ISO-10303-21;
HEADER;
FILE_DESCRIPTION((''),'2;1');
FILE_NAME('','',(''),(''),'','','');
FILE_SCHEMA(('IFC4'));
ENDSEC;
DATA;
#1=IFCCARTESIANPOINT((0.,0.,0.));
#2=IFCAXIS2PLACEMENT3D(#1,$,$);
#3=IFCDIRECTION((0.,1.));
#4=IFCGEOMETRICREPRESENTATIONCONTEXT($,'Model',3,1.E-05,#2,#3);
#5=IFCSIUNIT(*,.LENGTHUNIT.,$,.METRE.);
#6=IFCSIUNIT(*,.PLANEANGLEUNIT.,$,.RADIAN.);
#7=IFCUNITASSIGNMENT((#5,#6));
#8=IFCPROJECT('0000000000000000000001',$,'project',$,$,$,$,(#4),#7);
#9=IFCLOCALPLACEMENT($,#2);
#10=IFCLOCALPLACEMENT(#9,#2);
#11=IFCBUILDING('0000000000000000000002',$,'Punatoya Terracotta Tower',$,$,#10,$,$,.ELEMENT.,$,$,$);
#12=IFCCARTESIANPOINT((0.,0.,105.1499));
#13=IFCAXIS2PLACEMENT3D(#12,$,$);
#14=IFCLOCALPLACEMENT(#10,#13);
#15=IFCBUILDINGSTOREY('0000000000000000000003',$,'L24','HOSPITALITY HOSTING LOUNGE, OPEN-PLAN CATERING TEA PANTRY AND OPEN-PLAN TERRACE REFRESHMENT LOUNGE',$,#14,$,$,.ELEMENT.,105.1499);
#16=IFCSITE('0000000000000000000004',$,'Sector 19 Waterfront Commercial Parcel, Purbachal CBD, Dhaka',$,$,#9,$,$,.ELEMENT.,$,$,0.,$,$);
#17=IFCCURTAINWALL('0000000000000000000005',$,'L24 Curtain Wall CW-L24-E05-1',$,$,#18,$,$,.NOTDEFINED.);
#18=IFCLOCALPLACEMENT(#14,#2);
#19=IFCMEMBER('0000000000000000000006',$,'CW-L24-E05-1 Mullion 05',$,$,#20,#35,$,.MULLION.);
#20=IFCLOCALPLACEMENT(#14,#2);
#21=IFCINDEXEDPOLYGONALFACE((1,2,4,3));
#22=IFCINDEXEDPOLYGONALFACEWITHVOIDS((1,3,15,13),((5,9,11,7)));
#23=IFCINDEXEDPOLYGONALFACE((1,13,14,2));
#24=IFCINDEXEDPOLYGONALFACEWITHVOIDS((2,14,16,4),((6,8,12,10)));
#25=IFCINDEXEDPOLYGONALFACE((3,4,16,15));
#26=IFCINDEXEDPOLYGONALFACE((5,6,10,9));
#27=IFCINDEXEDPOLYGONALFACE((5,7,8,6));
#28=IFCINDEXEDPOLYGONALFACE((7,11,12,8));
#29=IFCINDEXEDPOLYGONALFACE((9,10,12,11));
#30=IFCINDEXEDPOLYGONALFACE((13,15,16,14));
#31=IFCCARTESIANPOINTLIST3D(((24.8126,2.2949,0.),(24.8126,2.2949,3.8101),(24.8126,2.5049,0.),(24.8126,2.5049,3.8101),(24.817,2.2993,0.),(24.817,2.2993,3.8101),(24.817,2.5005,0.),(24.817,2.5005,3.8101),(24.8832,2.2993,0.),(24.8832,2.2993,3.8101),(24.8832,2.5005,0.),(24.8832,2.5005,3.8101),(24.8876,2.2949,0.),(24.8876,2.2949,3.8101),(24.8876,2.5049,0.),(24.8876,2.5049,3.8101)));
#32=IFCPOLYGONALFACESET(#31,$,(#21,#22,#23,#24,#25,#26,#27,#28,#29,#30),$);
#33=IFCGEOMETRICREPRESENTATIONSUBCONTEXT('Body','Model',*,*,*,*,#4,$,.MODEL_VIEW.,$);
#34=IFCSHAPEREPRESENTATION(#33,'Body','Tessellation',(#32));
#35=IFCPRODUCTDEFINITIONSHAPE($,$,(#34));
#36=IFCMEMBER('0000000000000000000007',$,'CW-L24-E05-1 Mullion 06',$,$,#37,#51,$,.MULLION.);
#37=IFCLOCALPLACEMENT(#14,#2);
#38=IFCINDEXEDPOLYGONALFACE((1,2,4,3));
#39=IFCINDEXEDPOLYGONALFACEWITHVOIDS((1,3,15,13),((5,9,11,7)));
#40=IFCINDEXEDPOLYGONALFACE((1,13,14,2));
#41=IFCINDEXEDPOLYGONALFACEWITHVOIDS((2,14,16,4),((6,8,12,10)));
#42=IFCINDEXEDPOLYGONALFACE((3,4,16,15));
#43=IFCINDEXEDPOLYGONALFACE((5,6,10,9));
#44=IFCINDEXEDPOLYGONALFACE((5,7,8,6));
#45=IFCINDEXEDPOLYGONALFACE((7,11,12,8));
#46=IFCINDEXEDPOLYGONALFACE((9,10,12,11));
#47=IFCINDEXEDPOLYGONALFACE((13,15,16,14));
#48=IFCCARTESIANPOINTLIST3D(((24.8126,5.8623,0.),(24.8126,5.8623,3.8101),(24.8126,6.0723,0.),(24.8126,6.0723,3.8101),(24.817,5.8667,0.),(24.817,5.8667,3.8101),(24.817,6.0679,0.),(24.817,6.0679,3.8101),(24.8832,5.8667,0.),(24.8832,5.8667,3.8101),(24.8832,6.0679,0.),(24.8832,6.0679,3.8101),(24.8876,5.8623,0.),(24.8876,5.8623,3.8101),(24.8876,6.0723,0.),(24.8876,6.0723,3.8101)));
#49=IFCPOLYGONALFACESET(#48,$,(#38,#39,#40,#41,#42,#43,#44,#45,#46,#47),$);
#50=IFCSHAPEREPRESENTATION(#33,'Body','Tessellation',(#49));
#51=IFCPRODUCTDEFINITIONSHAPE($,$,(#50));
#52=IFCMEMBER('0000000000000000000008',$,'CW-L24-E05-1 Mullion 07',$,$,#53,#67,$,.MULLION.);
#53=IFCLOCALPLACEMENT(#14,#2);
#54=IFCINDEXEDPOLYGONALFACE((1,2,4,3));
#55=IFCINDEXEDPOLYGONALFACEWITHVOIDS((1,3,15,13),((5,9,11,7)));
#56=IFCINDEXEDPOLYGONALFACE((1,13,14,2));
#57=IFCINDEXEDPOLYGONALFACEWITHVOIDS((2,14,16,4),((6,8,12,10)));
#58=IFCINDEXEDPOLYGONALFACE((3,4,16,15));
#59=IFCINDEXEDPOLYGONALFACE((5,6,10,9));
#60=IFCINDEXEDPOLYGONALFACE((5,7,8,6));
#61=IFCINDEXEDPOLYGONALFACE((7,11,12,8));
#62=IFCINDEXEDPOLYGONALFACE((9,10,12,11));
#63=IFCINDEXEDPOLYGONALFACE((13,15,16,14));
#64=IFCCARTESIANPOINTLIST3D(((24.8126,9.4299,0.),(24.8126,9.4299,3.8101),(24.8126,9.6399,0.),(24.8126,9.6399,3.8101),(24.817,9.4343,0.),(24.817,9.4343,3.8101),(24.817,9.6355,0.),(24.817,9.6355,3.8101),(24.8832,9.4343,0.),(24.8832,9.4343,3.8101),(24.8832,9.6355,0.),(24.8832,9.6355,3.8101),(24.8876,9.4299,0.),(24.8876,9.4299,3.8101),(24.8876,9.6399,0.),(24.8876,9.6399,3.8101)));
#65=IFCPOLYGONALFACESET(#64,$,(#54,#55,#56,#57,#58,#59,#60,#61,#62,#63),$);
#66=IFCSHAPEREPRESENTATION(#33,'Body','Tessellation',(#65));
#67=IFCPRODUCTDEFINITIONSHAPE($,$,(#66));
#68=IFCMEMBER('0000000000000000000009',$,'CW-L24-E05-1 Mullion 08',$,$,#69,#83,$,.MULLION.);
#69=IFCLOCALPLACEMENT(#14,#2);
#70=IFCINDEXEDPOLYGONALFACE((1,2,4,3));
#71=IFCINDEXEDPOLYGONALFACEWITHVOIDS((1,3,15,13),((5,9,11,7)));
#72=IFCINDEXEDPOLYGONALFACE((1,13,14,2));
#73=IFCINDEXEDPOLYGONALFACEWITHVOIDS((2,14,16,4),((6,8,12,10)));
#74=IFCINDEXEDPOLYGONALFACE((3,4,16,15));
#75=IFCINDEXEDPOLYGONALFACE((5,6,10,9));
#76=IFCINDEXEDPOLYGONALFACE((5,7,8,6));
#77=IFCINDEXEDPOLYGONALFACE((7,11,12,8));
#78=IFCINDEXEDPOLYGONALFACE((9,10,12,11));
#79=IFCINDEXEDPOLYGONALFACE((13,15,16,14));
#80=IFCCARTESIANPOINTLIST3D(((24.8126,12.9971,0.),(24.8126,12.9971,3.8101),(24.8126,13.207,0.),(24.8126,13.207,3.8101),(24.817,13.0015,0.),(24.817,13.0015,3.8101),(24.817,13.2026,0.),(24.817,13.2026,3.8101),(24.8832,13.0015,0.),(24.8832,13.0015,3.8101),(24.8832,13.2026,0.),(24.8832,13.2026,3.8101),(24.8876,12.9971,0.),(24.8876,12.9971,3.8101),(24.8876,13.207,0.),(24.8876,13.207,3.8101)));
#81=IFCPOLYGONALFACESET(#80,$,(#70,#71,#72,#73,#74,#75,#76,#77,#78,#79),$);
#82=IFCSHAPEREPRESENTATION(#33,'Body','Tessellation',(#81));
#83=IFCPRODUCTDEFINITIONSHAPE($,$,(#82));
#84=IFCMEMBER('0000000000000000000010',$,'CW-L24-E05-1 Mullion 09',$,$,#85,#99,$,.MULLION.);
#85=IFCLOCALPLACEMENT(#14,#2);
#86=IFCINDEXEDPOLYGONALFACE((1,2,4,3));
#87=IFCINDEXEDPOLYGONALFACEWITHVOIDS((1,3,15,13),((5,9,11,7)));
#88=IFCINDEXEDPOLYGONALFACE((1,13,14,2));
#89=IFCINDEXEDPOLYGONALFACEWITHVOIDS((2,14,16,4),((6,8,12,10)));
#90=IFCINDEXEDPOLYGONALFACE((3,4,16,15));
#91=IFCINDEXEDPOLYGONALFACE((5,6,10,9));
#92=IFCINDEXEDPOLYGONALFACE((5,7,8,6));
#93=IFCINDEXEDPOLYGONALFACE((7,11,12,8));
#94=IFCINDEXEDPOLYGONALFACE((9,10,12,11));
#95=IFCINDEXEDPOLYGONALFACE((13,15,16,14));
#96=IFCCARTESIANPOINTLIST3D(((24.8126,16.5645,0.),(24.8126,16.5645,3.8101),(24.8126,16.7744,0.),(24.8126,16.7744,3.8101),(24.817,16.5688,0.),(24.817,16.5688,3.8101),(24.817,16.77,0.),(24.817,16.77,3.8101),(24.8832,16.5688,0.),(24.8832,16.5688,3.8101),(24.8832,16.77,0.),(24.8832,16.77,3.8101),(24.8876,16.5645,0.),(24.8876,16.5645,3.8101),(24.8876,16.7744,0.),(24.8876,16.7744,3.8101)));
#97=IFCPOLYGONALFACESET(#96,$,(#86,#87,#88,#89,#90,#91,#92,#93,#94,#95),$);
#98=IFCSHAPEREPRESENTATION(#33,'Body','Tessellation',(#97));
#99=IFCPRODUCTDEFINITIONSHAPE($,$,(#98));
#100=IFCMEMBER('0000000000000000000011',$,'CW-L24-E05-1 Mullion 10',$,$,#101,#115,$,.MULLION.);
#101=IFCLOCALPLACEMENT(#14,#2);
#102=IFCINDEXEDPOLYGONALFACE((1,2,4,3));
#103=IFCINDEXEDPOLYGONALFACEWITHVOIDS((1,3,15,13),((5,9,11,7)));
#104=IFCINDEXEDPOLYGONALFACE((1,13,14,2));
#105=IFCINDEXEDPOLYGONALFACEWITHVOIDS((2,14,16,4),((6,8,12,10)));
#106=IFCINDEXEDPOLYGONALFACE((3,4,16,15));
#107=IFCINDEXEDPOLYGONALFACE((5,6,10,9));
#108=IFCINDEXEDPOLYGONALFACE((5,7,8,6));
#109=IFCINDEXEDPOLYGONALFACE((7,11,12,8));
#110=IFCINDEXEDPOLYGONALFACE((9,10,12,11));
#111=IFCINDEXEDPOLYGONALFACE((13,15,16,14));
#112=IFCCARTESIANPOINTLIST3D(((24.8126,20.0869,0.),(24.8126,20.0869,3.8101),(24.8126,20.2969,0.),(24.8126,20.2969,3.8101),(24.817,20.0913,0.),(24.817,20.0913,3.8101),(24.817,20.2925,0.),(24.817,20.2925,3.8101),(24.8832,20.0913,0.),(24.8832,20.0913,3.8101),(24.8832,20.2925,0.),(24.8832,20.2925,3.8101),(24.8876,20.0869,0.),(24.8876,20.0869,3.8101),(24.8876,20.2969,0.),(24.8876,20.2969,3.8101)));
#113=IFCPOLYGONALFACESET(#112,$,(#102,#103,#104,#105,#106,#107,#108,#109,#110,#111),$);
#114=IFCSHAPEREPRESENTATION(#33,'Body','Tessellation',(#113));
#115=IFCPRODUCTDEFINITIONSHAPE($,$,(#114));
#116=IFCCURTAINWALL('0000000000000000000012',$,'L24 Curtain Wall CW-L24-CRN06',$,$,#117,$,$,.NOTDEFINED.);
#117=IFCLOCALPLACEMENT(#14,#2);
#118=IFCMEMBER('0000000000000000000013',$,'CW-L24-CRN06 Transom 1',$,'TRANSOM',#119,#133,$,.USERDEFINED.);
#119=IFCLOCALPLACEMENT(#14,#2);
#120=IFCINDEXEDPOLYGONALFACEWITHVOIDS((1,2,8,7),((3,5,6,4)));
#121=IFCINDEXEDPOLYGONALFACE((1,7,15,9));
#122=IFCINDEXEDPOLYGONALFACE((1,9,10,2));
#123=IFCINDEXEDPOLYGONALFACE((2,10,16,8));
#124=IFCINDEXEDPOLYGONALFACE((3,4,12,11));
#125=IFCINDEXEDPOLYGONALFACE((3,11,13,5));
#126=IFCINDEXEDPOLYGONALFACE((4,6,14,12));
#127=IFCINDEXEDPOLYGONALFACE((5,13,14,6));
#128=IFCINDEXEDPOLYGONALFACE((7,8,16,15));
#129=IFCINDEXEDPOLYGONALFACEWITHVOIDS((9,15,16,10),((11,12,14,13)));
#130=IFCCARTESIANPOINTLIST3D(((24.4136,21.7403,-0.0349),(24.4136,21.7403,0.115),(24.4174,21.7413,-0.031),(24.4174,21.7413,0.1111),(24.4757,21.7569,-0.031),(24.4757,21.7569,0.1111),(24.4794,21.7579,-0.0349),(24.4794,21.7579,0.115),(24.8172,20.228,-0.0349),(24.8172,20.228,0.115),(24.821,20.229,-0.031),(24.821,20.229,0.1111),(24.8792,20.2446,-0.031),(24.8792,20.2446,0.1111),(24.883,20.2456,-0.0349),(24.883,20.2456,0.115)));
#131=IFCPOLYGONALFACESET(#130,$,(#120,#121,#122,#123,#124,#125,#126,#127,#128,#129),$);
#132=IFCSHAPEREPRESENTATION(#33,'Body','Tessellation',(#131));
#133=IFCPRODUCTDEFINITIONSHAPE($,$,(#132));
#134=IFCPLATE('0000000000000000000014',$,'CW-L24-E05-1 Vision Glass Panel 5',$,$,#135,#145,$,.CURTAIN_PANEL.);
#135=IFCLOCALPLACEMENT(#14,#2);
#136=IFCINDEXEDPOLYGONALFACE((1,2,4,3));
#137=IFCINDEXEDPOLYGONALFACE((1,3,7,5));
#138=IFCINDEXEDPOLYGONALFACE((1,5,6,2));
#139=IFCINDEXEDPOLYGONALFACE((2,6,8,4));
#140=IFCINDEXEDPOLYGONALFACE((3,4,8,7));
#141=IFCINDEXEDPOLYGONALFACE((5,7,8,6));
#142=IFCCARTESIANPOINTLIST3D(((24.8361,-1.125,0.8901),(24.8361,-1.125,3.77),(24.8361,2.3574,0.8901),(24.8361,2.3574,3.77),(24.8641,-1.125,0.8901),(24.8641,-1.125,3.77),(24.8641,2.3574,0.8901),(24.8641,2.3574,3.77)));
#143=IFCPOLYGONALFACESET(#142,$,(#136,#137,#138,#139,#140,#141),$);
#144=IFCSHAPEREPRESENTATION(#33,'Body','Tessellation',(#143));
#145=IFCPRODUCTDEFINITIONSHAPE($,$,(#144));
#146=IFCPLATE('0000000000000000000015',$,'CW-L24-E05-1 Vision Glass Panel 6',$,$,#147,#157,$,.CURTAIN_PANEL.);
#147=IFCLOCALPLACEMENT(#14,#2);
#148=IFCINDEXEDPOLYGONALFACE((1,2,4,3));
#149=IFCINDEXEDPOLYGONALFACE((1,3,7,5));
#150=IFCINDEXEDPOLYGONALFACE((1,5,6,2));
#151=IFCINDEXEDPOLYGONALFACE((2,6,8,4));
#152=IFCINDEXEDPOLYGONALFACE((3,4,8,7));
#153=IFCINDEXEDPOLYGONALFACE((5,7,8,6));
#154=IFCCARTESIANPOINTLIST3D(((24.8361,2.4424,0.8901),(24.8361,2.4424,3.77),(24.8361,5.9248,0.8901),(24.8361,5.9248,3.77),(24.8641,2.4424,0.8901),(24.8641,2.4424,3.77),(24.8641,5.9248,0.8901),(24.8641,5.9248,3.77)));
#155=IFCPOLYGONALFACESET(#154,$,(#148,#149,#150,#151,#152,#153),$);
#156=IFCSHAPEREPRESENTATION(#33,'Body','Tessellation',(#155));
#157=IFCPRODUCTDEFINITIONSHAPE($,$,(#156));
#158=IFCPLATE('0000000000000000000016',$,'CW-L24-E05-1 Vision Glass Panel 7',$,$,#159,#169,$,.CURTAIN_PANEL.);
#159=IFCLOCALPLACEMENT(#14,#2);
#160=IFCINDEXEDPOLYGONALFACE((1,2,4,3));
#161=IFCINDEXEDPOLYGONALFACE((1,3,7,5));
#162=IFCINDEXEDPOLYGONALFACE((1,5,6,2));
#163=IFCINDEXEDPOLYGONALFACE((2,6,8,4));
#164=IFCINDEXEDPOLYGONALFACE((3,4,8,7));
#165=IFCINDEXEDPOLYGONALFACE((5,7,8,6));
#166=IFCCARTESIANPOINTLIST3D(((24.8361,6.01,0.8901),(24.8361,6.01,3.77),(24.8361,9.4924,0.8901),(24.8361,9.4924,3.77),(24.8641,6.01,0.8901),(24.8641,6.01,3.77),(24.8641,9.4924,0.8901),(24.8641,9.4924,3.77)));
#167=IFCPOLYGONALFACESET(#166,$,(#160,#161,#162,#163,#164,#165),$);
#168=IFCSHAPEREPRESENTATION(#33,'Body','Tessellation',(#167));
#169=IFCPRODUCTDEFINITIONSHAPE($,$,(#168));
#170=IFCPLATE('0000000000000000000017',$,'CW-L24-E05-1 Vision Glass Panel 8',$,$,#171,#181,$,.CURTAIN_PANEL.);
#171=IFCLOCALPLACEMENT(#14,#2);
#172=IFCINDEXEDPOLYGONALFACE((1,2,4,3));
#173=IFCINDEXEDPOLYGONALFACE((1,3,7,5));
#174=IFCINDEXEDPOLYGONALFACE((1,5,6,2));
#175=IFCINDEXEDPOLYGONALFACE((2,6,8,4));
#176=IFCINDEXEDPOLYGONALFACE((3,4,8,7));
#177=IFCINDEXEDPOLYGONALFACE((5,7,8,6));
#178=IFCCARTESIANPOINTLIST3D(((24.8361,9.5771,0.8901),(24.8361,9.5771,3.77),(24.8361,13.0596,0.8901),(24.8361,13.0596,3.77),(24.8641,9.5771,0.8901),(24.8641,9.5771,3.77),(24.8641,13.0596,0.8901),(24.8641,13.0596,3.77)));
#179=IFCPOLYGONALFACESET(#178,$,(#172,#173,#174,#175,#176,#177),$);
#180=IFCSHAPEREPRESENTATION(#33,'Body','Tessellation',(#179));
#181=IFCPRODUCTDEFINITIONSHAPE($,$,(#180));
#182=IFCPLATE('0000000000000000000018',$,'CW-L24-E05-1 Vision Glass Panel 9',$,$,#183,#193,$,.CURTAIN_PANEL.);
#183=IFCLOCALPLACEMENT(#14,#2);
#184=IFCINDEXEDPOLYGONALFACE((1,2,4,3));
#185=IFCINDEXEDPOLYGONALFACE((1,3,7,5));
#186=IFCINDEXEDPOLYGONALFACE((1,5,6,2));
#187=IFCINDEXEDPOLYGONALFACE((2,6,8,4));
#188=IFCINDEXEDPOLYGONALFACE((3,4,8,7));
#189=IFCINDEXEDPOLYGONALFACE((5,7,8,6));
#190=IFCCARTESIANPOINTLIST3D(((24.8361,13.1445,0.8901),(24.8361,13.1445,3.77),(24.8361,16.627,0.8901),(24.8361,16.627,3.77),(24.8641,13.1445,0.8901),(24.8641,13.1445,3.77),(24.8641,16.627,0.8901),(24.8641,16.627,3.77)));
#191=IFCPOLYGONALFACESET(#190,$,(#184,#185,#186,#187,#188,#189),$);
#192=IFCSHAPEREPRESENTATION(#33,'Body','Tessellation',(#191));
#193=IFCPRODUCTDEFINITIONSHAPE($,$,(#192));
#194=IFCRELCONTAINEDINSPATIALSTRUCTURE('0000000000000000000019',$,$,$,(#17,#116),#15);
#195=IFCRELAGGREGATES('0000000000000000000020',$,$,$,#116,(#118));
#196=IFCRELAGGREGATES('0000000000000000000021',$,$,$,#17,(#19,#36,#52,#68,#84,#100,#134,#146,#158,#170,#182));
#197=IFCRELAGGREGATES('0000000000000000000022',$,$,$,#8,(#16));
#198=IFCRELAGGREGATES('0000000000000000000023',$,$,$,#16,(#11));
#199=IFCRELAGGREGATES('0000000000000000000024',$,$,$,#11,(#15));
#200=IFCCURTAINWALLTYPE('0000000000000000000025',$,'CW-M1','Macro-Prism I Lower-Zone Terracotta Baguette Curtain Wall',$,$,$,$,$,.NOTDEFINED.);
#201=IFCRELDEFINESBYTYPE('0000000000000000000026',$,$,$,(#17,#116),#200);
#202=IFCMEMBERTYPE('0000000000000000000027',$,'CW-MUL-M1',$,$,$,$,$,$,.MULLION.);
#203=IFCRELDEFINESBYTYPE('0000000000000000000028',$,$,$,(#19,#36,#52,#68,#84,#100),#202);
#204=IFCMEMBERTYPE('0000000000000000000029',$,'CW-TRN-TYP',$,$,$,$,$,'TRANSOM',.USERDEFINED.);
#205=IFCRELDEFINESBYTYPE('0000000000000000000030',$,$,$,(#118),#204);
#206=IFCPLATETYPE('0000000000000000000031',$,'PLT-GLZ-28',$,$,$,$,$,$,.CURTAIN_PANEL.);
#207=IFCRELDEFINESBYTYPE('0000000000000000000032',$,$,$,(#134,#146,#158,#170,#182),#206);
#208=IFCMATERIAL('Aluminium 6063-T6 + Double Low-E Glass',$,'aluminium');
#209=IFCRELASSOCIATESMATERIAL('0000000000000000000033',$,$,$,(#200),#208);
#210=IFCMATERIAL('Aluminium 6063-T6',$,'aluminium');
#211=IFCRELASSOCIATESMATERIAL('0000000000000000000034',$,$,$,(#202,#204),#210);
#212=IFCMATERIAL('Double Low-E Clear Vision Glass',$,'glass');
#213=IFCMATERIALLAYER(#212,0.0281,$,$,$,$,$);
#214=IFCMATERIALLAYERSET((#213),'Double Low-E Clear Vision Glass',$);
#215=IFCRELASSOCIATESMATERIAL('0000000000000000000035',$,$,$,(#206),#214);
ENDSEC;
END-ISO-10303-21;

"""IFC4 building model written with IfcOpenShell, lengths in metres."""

from ifc_helpers import new_model, si_unit, direction, frame, origin, origin_2d, place, context, subcontext, project, spatial, rectangle, hollow_rectangle, extrude, material, layer, layer_set, material_profile, profile_set, type_object, element, aggregate, save


model = new_model("IFC4")

# Units and contexts
model_context = context("Model", 3, precision=1e-05, world=origin(), true_north=direction((0.0, 1.0)))
body_context = subcontext(model_context, "Body", "Model", "MODEL_VIEW")
ifc_project = project(units=[si_unit("LENGTHUNIT", "METRE"), si_unit("PLANEANGLEUNIT", "RADIAN")], contexts=[model_context])

# Site, building, storey
site_placement = place(None, origin())
site = spatial("IfcSite", under=ifc_project, at=site_placement, Name="Sector 19 Waterfront Commercial Parcel, Purbachal CBD, Dhaka", CompositionType="ELEMENT", RefElevation=0.0)
building_placement = place(site_placement, origin())
building = spatial("IfcBuilding", under=site, at=building_placement, Name="Punatoya Terracotta Tower", CompositionType="ELEMENT")
storey_placement = place(building_placement, frame((0.0, 0.0, 105.1499)))
storey = spatial("IfcBuildingStorey", under=building, at=storey_placement, Name="L24", Description="HOSPITALITY HOSTING LOUNGE, OPEN-PLAN CATERING TEA PANTRY AND OPEN-PLAN TERRACE REFRESHMENT LOUNGE", CompositionType="ELEMENT", Elevation=105.1499)

# Curtain wall, members
ifc_material_1 = material(Name="Aluminium 6063-T6 + Double Low-E Glass", Category="aluminium")
curtain_wall_type = type_object("IfcCurtainWallType", Name="CW-M1", Description="Macro-Prism I Lower-Zone Terracotta Baguette Curtain Wall", PredefinedType="NOTDEFINED", material=ifc_material_1)
curtain_wall_1_placement = place(storey_placement, origin())
curtain_wall_1 = element("IfcCurtainWall", 1, at=curtain_wall_1_placement, inside=storey, type_object=curtain_wall_type, Name="L24 Curtain Wall CW-L24-E05-1", PredefinedType="NOTDEFINED")
ifc_material_2 = material(Name="Aluminium 6063-T6", Category="aluminium")
ifc_material_profile_1 = material_profile(ifc_material_2, hollow_rectangle(XDim=0.075, YDim=0.21, WallThickness=0.0044, at=origin_2d()))
ifc_profile_set_1 = profile_set([ifc_material_profile_1], Name="Aluminium 6063-T6")
member_type_1 = type_object("IfcMemberType", Name="CW-MUL-M1", PredefinedType="MULLION", material=ifc_profile_set_1)
member_1_placement = place(storey_placement, frame((24.8501, 2.3999, 0.0), z_axis=(0.0, 0.0, 1.0), x_axis=(1.0, 0.0, 0.0)))
member_1 = element("IfcMember", 2, at=member_1_placement, type_object=member_type_1, Name="CW-L24-E05-1 Mullion 05", PredefinedType="MULLION", context=body_context, shape_type="SweptSolid", body=[
    extrude(hollow_rectangle(XDim=0.075, YDim=0.21, WallThickness=0.0044, at=origin_2d()), origin(), (0.0, 0.0, 1.0), 3.8101),
])
member_2_placement = place(storey_placement, frame((24.8501, 5.9673, 0.0), z_axis=(0.0, 0.0, 1.0), x_axis=(1.0, 0.0, 0.0)))
member_2 = element("IfcMember", 3, at=member_2_placement, type_object=member_type_1, Name="CW-L24-E05-1 Mullion 06", PredefinedType="MULLION", context=body_context, shape_type="SweptSolid", body=[
    extrude(hollow_rectangle(XDim=0.075, YDim=0.21, WallThickness=0.0044, at=origin_2d()), origin(), (0.0, 0.0, 1.0), 3.8101),
])
member_3_placement = place(storey_placement, frame((24.8501, 9.5349, 0.0), z_axis=(0.0, 0.0, 1.0), x_axis=(1.0, 0.0, 0.0)))
member_3 = element("IfcMember", 4, at=member_3_placement, type_object=member_type_1, Name="CW-L24-E05-1 Mullion 07", PredefinedType="MULLION", context=body_context, shape_type="SweptSolid", body=[
    extrude(hollow_rectangle(XDim=0.075, YDim=0.21, WallThickness=0.0044, at=origin_2d()), origin(), (0.0, 0.0, 1.0), 3.8101),
])
member_4_placement = place(storey_placement, frame((24.8501, 13.1021, 0.0), z_axis=(0.0, 0.0, 1.0), x_axis=(1.0, 0.0, 0.0)))
member_4 = element("IfcMember", 5, at=member_4_placement, type_object=member_type_1, Name="CW-L24-E05-1 Mullion 08", PredefinedType="MULLION", context=body_context, shape_type="SweptSolid", body=[
    extrude(hollow_rectangle(XDim=0.075, YDim=0.21, WallThickness=0.0044, at=origin_2d()), origin(), (0.0, 0.0, 1.0), 3.8101),
])
member_5_placement = place(storey_placement, frame((24.8501, 16.6694, 0.0), z_axis=(0.0, 0.0, 1.0), x_axis=(1.0, 0.0, 0.0)))
member_5 = element("IfcMember", 6, at=member_5_placement, type_object=member_type_1, Name="CW-L24-E05-1 Mullion 09", PredefinedType="MULLION", context=body_context, shape_type="SweptSolid", body=[
    extrude(hollow_rectangle(XDim=0.075, YDim=0.21, WallThickness=0.0044, at=origin_2d()), origin(), (0.0, 0.0, 1.0), 3.8101),
])
member_6_placement = place(storey_placement, frame((24.8501, 20.1919, 0.0), z_axis=(0.0, 0.0, 1.0), x_axis=(1.0, 0.0, 0.0)))
member_6 = element("IfcMember", 7, at=member_6_placement, type_object=member_type_1, Name="CW-L24-E05-1 Mullion 10", PredefinedType="MULLION", context=body_context, shape_type="SweptSolid", body=[
    extrude(hollow_rectangle(XDim=0.075, YDim=0.21, WallThickness=0.0044, at=origin_2d()), origin(), (0.0, 0.0, 1.0), 3.8101),
])

# Curtain wall, member
curtain_wall_2_placement = place(storey_placement, origin())
curtain_wall_2 = element("IfcCurtainWall", 8, at=curtain_wall_2_placement, inside=storey, type_object=curtain_wall_type, Name="L24 Curtain Wall CW-L24-CRN06", PredefinedType="NOTDEFINED")
ifc_material_profile_2 = material_profile(ifc_material_2, hollow_rectangle(XDim=0.0681, YDim=0.1499, WallThickness=0.0039, at=origin_2d()))
ifc_profile_set_2 = profile_set([ifc_material_profile_2], Name="Aluminium 6063-T6")
member_type_2 = type_object("IfcMemberType", Name="CW-TRN-TYP", ElementType="TRANSOM", PredefinedType="USERDEFINED", material=ifc_profile_set_2)
member_7_placement = place(storey_placement, frame((24.8501, 20.2368, 0.04), z_axis=(-0.257847, 0.966186, 0.0), x_axis=(-0.966186, -0.257847, 0.0)))
member_7 = element("IfcMember", 9, at=member_7_placement, type_object=member_type_2, Name="CW-L24-CRN06 Transom 1", ObjectType="TRANSOM", PredefinedType="USERDEFINED", context=body_context, shape_type="SweptSolid", body=[
    extrude(hollow_rectangle(XDim=0.0681, YDim=0.1499, WallThickness=0.0039, at=origin_2d()), origin(), (0.0, 0.0, 1.0), 1.5652),
])
aggregate(curtain_wall_2, [member_7])

# Plates
ifc_material_3 = material(Name="Double Low-E Clear Vision Glass", Category="glass")
ifc_layer_1 = layer(ifc_material_3, 0.0281)
ifc_layer_set_1 = layer_set([ifc_layer_1], Name="Double Low-E Clear Vision Glass")
plate_type_1 = type_object("IfcPlateType", Name="PLT-GLZ-28", PredefinedType="CURTAIN_PANEL", material=ifc_layer_set_1)
plate_1_placement = place(storey_placement, frame((24.8501, 0.6162, 0.8901), z_axis=(0.0, 0.0, 1.0), x_axis=(0.0, 1.0, 0.0)))
plate_1 = element("IfcPlate", 10, at=plate_1_placement, type_object=plate_type_1, Name="CW-L24-E05-1 Vision Glass Panel 5", PredefinedType="CURTAIN_PANEL", context=body_context, shape_type="SweptSolid", body=[
    extrude(rectangle(XDim=3.4824, YDim=0.0281, at=origin_2d()), origin(), (0.0, 0.0, 1.0), 2.8799),
])
plate_2_placement = place(storey_placement, frame((24.8501, 4.1836, 0.8901), z_axis=(0.0, 0.0, 1.0), x_axis=(0.0, 1.0, 0.0)))
plate_2 = element("IfcPlate", 11, at=plate_2_placement, type_object=plate_type_1, Name="CW-L24-E05-1 Vision Glass Panel 6", PredefinedType="CURTAIN_PANEL", context=body_context, shape_type="SweptSolid", body=[
    extrude(rectangle(XDim=3.4824, YDim=0.0281, at=origin_2d()), origin(), (0.0, 0.0, 1.0), 2.8799),
])
plate_3_placement = place(storey_placement, frame((24.8501, 7.7512, 0.8901), z_axis=(0.0, 0.0, 1.0), x_axis=(0.0, 1.0, 0.0)))
plate_3 = element("IfcPlate", 12, at=plate_3_placement, type_object=plate_type_1, Name="CW-L24-E05-1 Vision Glass Panel 7", PredefinedType="CURTAIN_PANEL", context=body_context, shape_type="SweptSolid", body=[
    extrude(rectangle(XDim=3.4824, YDim=0.0281, at=origin_2d()), origin(), (0.0, 0.0, 1.0), 2.8799),
])
plate_4_placement = place(storey_placement, frame((24.8501, 11.3184, 0.8901), z_axis=(0.0, 0.0, 1.0), x_axis=(0.0, 1.0, 0.0)))
plate_4 = element("IfcPlate", 13, at=plate_4_placement, type_object=plate_type_1, Name="CW-L24-E05-1 Vision Glass Panel 8", PredefinedType="CURTAIN_PANEL", context=body_context, shape_type="SweptSolid", body=[
    extrude(rectangle(XDim=3.4824, YDim=0.0281, at=origin_2d()), origin(), (0.0, 0.0, 1.0), 2.8799),
])
plate_5_placement = place(storey_placement, frame((24.8501, 14.8857, 0.8901), z_axis=(0.0, 0.0, 1.0), x_axis=(0.0, 1.0, 0.0)))
plate_5 = element("IfcPlate", 14, at=plate_5_placement, type_object=plate_type_1, Name="CW-L24-E05-1 Vision Glass Panel 9", PredefinedType="CURTAIN_PANEL", context=body_context, shape_type="SweptSolid", body=[
    extrude(rectangle(XDim=3.4824, YDim=0.0281, at=origin_2d()), origin(), (0.0, 0.0, 1.0), 2.8799),
])
aggregate(curtain_wall_1, [member_1, member_2, member_3, member_4, member_5, member_6, plate_1, plate_2, plate_3, plate_4, plate_5])

save(model, "model.ifc")
